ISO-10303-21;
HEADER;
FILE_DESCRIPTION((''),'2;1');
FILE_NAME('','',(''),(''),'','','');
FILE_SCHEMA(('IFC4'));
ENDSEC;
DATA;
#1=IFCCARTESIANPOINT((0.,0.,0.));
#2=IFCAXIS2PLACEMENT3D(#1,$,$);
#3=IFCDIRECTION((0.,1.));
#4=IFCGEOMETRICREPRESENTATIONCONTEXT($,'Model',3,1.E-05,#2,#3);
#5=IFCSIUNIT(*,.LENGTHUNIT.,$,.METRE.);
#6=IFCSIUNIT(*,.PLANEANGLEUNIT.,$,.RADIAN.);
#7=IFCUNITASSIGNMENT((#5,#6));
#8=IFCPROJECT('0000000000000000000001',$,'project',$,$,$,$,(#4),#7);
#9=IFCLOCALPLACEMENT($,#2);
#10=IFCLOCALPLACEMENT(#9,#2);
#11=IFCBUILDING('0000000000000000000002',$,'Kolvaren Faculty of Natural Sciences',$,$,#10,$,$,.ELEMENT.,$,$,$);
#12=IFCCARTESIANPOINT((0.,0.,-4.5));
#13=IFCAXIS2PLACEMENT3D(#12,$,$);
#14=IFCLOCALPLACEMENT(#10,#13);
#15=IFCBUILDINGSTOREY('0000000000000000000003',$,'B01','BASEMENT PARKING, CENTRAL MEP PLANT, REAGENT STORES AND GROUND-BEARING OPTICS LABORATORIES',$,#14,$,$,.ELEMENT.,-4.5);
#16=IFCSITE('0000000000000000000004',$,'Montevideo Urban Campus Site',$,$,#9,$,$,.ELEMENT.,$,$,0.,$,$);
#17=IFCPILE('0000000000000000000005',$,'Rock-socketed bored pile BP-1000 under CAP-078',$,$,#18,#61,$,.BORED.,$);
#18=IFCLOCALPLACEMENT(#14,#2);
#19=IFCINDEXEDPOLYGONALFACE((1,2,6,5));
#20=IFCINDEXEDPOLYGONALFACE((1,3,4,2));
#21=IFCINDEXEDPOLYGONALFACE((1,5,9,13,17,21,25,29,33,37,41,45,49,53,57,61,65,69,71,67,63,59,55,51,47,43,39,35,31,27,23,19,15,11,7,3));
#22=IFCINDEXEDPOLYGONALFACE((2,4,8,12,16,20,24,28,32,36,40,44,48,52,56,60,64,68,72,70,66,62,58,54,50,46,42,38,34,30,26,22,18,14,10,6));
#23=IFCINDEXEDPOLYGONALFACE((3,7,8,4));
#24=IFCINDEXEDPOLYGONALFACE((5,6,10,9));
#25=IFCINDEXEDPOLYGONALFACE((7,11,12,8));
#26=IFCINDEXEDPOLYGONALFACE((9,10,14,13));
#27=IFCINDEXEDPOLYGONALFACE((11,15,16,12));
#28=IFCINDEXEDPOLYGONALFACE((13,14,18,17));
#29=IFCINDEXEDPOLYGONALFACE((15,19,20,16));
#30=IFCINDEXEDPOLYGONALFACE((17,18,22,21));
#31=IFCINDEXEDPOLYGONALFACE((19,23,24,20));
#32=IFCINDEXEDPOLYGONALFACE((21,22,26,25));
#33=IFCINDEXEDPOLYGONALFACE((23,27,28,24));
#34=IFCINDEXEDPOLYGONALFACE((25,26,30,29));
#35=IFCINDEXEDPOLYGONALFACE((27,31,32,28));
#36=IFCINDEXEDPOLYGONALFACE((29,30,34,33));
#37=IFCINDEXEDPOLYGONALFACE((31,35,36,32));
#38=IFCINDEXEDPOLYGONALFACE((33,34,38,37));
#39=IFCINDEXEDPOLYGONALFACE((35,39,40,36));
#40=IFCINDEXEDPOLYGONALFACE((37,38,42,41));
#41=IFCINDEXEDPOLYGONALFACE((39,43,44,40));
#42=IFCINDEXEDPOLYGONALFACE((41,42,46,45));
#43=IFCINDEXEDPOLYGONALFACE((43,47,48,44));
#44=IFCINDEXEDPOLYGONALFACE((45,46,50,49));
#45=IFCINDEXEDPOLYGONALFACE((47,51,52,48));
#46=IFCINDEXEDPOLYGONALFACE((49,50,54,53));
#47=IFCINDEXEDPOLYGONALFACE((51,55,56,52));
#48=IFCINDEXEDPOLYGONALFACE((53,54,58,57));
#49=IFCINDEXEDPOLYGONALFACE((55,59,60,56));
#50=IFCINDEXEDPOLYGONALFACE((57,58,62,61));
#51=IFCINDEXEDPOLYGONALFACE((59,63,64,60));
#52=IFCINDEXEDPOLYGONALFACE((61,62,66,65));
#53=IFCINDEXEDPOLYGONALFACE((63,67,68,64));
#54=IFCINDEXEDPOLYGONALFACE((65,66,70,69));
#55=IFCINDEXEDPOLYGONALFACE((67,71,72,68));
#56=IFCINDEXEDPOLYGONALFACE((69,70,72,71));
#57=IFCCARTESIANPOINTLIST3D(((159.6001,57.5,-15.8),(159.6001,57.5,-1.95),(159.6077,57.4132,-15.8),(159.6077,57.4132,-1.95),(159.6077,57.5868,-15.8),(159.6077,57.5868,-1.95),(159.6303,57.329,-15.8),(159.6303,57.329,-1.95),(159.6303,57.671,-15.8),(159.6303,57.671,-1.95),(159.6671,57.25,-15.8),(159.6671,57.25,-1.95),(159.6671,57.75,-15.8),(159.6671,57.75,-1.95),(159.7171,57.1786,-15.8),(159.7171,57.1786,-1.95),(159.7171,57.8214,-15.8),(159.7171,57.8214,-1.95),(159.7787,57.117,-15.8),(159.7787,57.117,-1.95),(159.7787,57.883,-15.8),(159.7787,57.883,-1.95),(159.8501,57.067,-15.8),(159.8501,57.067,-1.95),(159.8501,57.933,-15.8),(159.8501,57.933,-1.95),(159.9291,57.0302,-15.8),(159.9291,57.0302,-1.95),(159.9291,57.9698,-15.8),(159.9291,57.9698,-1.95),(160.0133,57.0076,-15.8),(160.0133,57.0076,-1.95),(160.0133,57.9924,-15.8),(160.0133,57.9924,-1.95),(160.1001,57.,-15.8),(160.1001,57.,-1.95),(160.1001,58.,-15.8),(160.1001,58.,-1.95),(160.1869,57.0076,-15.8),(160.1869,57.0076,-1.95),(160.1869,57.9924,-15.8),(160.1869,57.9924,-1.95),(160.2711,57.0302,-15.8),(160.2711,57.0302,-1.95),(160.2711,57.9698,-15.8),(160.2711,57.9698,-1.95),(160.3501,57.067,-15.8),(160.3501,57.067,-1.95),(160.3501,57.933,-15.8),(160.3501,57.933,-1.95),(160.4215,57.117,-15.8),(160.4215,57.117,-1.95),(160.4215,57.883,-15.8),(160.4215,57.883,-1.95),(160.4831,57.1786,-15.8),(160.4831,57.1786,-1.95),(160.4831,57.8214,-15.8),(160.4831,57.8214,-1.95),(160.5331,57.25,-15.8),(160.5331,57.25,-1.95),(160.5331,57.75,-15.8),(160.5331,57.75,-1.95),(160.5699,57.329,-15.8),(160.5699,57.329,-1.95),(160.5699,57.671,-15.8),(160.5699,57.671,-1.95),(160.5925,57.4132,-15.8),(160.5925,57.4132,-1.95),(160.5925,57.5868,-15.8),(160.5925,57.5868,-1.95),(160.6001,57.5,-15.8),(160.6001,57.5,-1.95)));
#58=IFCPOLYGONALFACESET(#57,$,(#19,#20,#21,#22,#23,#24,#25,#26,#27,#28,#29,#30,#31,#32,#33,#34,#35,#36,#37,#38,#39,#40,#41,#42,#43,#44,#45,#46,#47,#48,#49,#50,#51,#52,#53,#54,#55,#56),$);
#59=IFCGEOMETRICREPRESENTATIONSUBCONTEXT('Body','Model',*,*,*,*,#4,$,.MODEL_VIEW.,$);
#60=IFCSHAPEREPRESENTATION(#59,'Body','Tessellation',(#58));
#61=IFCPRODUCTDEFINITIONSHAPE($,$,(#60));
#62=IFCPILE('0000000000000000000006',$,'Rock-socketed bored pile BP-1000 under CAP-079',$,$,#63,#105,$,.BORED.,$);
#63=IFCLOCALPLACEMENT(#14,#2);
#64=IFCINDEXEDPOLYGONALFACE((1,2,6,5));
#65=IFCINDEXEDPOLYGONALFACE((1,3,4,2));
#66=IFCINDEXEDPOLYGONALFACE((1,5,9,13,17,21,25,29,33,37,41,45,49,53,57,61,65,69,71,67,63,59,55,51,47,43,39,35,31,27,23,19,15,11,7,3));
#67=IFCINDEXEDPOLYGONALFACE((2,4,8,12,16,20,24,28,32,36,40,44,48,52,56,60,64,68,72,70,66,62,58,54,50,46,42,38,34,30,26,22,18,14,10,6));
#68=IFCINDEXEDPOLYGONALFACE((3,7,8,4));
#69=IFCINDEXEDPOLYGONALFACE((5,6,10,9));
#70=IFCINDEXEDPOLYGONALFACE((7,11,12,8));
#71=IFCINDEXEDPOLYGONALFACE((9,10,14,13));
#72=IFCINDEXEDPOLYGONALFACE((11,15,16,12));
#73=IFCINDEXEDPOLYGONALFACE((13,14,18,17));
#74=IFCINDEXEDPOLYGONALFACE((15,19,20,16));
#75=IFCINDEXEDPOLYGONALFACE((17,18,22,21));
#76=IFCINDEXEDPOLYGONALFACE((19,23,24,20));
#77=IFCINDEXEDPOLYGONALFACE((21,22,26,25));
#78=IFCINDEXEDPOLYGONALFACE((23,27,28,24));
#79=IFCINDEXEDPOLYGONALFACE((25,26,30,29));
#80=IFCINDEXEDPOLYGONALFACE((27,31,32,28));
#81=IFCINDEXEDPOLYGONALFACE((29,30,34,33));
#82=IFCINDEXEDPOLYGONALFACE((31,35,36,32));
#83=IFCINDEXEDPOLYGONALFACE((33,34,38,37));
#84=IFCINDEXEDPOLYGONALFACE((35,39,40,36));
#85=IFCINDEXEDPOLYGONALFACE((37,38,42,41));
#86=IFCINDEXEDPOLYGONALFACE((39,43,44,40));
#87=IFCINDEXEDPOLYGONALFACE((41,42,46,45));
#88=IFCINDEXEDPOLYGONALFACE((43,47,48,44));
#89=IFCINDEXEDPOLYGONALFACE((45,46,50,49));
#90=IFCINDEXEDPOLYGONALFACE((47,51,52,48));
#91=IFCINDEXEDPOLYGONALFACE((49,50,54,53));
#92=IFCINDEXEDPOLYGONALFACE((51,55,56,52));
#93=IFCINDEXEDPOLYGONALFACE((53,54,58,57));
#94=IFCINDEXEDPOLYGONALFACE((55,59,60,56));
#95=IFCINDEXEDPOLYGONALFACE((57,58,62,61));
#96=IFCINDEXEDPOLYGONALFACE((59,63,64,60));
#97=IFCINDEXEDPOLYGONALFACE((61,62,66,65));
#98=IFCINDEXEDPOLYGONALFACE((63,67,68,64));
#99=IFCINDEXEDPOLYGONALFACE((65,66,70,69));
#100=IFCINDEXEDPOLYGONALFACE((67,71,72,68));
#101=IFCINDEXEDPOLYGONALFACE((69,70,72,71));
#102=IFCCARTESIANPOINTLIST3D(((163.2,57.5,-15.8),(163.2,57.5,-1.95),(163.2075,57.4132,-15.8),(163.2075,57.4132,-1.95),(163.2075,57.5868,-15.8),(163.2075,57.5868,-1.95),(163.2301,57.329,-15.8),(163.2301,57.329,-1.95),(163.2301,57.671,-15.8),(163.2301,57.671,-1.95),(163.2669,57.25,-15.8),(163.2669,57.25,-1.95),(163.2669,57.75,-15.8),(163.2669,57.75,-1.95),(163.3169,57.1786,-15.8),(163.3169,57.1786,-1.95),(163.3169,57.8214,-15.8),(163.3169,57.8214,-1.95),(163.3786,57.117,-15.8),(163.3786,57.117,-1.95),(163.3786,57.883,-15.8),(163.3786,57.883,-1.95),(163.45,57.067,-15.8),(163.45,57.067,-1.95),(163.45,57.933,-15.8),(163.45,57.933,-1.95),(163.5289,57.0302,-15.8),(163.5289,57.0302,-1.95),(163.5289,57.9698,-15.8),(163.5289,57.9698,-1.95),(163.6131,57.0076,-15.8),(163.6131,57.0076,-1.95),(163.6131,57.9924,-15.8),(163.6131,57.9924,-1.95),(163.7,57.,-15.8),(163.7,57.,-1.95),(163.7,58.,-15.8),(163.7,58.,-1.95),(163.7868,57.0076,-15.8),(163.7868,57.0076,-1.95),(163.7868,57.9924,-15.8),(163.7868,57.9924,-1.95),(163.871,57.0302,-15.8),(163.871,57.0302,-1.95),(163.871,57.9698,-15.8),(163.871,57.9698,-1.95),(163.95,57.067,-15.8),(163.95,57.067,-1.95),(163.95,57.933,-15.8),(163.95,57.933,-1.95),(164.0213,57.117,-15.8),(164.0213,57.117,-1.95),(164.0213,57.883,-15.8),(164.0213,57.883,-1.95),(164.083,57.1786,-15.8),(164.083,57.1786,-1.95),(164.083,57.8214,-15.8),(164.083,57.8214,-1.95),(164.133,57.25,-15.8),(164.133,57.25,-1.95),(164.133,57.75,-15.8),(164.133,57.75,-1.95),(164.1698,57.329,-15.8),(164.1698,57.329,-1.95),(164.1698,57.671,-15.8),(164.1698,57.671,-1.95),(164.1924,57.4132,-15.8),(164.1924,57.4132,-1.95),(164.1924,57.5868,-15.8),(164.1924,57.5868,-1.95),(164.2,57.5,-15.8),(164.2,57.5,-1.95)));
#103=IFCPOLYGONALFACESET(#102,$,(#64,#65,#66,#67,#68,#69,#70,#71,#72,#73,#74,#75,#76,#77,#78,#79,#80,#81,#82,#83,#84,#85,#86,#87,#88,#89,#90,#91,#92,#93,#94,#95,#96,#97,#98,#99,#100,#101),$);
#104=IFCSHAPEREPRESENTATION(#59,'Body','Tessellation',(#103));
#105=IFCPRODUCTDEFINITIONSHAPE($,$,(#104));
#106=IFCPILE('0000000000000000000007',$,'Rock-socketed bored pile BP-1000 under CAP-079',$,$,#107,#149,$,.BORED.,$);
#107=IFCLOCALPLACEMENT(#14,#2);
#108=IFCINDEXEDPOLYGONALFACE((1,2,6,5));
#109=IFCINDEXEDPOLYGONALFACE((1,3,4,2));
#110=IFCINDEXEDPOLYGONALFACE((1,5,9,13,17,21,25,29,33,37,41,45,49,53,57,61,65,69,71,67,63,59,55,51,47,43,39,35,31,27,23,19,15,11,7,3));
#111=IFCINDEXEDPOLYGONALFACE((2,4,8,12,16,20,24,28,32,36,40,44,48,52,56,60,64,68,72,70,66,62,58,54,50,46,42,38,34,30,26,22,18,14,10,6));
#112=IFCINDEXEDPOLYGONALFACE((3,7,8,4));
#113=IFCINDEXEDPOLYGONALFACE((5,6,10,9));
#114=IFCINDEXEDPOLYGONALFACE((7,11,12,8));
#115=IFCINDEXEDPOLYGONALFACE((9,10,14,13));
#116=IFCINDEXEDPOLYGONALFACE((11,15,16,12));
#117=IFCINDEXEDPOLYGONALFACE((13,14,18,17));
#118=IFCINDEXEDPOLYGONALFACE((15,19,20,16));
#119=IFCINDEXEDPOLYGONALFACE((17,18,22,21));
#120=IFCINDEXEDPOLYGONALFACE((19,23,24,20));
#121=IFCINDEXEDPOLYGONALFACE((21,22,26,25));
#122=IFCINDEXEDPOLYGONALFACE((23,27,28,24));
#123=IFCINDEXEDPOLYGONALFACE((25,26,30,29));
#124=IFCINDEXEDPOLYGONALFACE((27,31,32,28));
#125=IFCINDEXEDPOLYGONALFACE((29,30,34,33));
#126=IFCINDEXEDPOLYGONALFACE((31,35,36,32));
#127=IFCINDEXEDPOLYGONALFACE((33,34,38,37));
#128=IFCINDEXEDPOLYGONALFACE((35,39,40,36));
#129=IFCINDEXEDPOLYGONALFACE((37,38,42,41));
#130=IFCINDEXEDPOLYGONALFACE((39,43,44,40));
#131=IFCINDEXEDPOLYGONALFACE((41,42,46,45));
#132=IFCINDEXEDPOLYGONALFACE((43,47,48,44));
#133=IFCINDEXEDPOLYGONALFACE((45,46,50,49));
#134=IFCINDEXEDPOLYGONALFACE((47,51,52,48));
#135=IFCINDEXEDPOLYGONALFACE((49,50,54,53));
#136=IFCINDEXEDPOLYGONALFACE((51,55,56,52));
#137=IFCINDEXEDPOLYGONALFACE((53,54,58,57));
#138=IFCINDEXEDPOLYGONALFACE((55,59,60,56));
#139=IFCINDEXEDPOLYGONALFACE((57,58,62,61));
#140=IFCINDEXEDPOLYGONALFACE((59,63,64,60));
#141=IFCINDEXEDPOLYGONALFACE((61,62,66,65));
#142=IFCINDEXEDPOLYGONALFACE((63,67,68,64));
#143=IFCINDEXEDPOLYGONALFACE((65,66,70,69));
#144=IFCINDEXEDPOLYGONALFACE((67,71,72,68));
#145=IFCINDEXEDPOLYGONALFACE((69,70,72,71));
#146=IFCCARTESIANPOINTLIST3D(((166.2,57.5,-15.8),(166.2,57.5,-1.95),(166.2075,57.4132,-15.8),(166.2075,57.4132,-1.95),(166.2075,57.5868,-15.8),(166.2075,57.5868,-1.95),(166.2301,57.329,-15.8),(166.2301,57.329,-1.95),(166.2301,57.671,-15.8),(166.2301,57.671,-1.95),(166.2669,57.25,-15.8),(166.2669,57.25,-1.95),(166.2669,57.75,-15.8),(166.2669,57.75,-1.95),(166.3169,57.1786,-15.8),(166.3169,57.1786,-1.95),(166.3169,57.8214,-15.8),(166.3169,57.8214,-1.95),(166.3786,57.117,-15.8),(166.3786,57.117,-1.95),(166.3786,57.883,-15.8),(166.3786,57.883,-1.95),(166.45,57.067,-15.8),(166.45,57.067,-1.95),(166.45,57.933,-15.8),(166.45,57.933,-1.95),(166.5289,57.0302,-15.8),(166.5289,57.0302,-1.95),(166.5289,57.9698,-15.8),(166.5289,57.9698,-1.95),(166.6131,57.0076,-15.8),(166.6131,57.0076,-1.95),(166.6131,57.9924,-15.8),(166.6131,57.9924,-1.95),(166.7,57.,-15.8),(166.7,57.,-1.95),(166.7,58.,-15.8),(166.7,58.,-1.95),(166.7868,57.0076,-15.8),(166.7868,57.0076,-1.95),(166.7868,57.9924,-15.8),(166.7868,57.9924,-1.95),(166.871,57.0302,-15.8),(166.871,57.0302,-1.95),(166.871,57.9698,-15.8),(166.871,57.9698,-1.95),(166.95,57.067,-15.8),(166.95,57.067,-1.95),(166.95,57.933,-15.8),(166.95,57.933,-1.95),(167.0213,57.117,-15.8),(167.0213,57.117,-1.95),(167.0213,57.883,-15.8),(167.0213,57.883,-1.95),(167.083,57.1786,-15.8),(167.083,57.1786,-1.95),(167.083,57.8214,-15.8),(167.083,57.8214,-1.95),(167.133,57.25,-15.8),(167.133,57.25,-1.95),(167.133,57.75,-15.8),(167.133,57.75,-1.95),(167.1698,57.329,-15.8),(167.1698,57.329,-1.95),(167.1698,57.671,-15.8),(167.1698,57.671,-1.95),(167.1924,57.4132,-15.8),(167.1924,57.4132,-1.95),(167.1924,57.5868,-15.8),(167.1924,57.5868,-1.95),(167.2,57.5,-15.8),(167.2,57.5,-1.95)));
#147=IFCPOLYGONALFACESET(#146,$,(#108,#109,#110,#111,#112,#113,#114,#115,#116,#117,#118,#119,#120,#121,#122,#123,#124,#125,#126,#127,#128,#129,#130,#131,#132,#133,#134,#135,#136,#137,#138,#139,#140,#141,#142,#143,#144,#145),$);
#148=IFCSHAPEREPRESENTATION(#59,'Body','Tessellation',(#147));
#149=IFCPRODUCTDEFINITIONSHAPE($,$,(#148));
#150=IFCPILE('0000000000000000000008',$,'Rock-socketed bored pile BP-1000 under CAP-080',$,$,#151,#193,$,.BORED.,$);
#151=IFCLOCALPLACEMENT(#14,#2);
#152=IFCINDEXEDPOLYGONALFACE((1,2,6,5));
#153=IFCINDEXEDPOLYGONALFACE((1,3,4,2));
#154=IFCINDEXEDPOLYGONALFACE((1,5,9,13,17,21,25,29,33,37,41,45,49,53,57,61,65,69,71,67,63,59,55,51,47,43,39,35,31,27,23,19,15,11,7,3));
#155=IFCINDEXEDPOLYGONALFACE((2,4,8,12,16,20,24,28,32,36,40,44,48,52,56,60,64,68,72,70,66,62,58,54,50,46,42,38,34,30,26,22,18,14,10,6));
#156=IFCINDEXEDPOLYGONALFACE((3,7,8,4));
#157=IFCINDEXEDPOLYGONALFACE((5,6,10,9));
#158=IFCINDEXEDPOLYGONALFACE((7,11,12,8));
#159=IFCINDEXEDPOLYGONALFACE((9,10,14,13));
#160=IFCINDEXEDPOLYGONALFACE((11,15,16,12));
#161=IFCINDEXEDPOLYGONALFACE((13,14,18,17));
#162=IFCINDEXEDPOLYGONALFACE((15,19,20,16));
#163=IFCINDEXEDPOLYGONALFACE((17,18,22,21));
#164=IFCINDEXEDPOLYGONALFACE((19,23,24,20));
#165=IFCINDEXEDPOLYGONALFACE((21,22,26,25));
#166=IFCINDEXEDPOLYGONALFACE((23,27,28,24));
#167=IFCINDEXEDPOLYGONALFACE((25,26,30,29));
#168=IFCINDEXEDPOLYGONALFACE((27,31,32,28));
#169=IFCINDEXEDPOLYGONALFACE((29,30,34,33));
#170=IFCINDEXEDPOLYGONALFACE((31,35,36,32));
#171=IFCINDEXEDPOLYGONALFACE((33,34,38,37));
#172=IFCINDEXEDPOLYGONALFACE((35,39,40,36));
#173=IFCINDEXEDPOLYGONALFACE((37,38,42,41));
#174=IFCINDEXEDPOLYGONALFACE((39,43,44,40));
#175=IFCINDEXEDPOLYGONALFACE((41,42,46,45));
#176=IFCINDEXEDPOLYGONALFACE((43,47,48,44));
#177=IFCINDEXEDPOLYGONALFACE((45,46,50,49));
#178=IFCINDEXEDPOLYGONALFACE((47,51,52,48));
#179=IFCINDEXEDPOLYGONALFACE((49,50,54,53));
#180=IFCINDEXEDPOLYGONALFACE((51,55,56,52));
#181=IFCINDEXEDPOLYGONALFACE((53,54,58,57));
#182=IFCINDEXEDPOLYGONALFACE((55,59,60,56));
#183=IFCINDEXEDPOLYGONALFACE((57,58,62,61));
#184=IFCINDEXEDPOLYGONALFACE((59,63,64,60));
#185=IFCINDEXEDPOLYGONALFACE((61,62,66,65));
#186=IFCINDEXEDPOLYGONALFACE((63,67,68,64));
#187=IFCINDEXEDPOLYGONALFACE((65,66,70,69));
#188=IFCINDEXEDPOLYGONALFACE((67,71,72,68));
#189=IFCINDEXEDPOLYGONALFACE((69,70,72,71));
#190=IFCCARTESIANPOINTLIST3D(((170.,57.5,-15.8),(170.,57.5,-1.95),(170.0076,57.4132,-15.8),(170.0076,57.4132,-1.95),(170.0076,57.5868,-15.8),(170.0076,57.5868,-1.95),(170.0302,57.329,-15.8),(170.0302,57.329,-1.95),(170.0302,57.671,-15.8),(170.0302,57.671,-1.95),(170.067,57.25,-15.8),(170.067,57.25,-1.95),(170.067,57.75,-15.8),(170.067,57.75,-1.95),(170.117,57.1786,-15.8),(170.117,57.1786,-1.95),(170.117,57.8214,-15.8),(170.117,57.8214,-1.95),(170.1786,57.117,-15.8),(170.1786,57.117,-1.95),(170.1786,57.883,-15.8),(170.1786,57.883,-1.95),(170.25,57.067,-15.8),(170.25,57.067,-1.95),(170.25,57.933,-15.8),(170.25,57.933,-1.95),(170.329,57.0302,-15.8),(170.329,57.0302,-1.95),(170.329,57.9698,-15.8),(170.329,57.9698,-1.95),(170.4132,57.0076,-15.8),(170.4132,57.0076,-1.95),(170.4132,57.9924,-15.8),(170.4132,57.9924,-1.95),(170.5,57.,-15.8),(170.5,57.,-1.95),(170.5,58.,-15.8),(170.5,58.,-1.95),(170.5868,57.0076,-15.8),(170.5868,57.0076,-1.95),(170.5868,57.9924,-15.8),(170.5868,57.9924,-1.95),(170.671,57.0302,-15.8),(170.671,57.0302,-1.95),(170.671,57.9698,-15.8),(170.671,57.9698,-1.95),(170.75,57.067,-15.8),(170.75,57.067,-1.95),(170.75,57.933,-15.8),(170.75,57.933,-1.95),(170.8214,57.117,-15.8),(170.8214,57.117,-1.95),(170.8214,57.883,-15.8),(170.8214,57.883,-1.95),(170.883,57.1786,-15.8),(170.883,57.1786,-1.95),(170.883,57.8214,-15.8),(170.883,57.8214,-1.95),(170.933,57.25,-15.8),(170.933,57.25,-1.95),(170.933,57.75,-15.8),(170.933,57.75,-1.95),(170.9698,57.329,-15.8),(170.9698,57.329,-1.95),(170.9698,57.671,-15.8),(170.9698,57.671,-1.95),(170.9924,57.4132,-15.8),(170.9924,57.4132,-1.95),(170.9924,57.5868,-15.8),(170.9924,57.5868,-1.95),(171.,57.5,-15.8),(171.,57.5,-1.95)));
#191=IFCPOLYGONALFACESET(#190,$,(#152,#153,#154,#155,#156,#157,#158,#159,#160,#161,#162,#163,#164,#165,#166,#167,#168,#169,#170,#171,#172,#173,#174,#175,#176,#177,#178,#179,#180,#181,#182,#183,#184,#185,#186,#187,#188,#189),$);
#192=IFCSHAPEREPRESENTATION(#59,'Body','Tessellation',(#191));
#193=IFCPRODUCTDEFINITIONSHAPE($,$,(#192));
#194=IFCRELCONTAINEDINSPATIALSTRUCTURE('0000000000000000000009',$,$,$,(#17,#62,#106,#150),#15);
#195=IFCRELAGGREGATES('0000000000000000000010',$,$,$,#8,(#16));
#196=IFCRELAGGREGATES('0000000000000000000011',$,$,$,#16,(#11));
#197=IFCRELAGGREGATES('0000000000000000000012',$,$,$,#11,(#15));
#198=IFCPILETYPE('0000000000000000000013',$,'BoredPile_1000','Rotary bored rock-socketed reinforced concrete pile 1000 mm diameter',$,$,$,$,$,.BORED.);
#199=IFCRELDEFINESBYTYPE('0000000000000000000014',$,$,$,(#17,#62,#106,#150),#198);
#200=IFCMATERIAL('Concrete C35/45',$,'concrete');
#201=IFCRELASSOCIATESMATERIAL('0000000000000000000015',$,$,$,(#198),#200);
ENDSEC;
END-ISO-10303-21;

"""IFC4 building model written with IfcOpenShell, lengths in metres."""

from ifc_helpers import new_model, si_unit, direction, frame, origin, origin_2d, place, context, subcontext, project, spatial, circle, extrude, material, material_profile, profile_set, type_object, element, save


model = new_model("IFC4")

# Units and contexts
model_context = context("Model", 3, precision=1e-05, world=origin(), true_north=direction((0.0, 1.0)))
body_context = subcontext(model_context, "Body", "Model", "MODEL_VIEW")
ifc_project = project(units=[si_unit("LENGTHUNIT", "METRE"), si_unit("PLANEANGLEUNIT", "RADIAN")], contexts=[model_context])

# Site, building, storey
site_placement = place(None, origin())
site = spatial("IfcSite", under=ifc_project, at=site_placement, Name="Montevideo Urban Campus Site", CompositionType="ELEMENT", RefElevation=0.0)
building_placement = place(site_placement, origin())
building = spatial("IfcBuilding", under=site, at=building_placement, Name="Kolvaren Faculty of Natural Sciences", CompositionType="ELEMENT")
storey_placement = place(building_placement, frame((0.0, 0.0, -4.5)))
storey = spatial("IfcBuildingStorey", under=building, at=storey_placement, Name="B01", Description="BASEMENT PARKING, CENTRAL MEP PLANT, REAGENT STORES AND GROUND-BEARING OPTICS LABORATORIES", CompositionType="ELEMENT", Elevation=-4.5)

# Piles
ifc_material_1 = material(Name="Concrete C35/45", Category="concrete")
ifc_material_profile_1 = material_profile(ifc_material_1, circle(Radius=0.5, at=origin_2d()), Name="PILE D1000")
ifc_profile_set_1 = profile_set([ifc_material_profile_1], Name="Concrete C35/45")
pile_type_1 = type_object("IfcPileType", Name="BoredPile_1000", Description="Rotary bored rock-socketed reinforced concrete pile 1000 mm diameter", PredefinedType="BORED", material=ifc_profile_set_1)
for number, where, z_axis, x_axis, name in (
    (1, (160.1001, 57.5, -1.95), (0.0, 0.0, -1.0), (1.0, 0.0, 0.0), "Rock-socketed bored pile BP-1000 under CAP-078"),
    (2, (163.7, 57.5, -1.95), (0.0, 0.0, -1.0), (1.0, 0.0, 0.0), "Rock-socketed bored pile BP-1000 under CAP-079"),
    (3, (166.7, 57.5, -1.95), (0.0, 0.0, -1.0), (1.0, 0.0, 0.0), "Rock-socketed bored pile BP-1000 under CAP-079"),
    (4, (170.5, 57.5, -1.95), (0.0, 0.0, -1.0), (1.0, 0.0, 0.0), "Rock-socketed bored pile BP-1000 under CAP-080"),
):
    element("IfcPile", number, at=place(storey_placement, frame(where, z_axis=z_axis, x_axis=x_axis)), inside=storey, type_object=pile_type_1, Name=name, PredefinedType="BORED", context=body_context, shape_type="SweptSolid", body=[
        extrude(circle(Radius=0.5, at=origin_2d()), origin(), (0.0, 0.0, 1.0), 13.8501),
    ])

save(model, "model.ifc")
